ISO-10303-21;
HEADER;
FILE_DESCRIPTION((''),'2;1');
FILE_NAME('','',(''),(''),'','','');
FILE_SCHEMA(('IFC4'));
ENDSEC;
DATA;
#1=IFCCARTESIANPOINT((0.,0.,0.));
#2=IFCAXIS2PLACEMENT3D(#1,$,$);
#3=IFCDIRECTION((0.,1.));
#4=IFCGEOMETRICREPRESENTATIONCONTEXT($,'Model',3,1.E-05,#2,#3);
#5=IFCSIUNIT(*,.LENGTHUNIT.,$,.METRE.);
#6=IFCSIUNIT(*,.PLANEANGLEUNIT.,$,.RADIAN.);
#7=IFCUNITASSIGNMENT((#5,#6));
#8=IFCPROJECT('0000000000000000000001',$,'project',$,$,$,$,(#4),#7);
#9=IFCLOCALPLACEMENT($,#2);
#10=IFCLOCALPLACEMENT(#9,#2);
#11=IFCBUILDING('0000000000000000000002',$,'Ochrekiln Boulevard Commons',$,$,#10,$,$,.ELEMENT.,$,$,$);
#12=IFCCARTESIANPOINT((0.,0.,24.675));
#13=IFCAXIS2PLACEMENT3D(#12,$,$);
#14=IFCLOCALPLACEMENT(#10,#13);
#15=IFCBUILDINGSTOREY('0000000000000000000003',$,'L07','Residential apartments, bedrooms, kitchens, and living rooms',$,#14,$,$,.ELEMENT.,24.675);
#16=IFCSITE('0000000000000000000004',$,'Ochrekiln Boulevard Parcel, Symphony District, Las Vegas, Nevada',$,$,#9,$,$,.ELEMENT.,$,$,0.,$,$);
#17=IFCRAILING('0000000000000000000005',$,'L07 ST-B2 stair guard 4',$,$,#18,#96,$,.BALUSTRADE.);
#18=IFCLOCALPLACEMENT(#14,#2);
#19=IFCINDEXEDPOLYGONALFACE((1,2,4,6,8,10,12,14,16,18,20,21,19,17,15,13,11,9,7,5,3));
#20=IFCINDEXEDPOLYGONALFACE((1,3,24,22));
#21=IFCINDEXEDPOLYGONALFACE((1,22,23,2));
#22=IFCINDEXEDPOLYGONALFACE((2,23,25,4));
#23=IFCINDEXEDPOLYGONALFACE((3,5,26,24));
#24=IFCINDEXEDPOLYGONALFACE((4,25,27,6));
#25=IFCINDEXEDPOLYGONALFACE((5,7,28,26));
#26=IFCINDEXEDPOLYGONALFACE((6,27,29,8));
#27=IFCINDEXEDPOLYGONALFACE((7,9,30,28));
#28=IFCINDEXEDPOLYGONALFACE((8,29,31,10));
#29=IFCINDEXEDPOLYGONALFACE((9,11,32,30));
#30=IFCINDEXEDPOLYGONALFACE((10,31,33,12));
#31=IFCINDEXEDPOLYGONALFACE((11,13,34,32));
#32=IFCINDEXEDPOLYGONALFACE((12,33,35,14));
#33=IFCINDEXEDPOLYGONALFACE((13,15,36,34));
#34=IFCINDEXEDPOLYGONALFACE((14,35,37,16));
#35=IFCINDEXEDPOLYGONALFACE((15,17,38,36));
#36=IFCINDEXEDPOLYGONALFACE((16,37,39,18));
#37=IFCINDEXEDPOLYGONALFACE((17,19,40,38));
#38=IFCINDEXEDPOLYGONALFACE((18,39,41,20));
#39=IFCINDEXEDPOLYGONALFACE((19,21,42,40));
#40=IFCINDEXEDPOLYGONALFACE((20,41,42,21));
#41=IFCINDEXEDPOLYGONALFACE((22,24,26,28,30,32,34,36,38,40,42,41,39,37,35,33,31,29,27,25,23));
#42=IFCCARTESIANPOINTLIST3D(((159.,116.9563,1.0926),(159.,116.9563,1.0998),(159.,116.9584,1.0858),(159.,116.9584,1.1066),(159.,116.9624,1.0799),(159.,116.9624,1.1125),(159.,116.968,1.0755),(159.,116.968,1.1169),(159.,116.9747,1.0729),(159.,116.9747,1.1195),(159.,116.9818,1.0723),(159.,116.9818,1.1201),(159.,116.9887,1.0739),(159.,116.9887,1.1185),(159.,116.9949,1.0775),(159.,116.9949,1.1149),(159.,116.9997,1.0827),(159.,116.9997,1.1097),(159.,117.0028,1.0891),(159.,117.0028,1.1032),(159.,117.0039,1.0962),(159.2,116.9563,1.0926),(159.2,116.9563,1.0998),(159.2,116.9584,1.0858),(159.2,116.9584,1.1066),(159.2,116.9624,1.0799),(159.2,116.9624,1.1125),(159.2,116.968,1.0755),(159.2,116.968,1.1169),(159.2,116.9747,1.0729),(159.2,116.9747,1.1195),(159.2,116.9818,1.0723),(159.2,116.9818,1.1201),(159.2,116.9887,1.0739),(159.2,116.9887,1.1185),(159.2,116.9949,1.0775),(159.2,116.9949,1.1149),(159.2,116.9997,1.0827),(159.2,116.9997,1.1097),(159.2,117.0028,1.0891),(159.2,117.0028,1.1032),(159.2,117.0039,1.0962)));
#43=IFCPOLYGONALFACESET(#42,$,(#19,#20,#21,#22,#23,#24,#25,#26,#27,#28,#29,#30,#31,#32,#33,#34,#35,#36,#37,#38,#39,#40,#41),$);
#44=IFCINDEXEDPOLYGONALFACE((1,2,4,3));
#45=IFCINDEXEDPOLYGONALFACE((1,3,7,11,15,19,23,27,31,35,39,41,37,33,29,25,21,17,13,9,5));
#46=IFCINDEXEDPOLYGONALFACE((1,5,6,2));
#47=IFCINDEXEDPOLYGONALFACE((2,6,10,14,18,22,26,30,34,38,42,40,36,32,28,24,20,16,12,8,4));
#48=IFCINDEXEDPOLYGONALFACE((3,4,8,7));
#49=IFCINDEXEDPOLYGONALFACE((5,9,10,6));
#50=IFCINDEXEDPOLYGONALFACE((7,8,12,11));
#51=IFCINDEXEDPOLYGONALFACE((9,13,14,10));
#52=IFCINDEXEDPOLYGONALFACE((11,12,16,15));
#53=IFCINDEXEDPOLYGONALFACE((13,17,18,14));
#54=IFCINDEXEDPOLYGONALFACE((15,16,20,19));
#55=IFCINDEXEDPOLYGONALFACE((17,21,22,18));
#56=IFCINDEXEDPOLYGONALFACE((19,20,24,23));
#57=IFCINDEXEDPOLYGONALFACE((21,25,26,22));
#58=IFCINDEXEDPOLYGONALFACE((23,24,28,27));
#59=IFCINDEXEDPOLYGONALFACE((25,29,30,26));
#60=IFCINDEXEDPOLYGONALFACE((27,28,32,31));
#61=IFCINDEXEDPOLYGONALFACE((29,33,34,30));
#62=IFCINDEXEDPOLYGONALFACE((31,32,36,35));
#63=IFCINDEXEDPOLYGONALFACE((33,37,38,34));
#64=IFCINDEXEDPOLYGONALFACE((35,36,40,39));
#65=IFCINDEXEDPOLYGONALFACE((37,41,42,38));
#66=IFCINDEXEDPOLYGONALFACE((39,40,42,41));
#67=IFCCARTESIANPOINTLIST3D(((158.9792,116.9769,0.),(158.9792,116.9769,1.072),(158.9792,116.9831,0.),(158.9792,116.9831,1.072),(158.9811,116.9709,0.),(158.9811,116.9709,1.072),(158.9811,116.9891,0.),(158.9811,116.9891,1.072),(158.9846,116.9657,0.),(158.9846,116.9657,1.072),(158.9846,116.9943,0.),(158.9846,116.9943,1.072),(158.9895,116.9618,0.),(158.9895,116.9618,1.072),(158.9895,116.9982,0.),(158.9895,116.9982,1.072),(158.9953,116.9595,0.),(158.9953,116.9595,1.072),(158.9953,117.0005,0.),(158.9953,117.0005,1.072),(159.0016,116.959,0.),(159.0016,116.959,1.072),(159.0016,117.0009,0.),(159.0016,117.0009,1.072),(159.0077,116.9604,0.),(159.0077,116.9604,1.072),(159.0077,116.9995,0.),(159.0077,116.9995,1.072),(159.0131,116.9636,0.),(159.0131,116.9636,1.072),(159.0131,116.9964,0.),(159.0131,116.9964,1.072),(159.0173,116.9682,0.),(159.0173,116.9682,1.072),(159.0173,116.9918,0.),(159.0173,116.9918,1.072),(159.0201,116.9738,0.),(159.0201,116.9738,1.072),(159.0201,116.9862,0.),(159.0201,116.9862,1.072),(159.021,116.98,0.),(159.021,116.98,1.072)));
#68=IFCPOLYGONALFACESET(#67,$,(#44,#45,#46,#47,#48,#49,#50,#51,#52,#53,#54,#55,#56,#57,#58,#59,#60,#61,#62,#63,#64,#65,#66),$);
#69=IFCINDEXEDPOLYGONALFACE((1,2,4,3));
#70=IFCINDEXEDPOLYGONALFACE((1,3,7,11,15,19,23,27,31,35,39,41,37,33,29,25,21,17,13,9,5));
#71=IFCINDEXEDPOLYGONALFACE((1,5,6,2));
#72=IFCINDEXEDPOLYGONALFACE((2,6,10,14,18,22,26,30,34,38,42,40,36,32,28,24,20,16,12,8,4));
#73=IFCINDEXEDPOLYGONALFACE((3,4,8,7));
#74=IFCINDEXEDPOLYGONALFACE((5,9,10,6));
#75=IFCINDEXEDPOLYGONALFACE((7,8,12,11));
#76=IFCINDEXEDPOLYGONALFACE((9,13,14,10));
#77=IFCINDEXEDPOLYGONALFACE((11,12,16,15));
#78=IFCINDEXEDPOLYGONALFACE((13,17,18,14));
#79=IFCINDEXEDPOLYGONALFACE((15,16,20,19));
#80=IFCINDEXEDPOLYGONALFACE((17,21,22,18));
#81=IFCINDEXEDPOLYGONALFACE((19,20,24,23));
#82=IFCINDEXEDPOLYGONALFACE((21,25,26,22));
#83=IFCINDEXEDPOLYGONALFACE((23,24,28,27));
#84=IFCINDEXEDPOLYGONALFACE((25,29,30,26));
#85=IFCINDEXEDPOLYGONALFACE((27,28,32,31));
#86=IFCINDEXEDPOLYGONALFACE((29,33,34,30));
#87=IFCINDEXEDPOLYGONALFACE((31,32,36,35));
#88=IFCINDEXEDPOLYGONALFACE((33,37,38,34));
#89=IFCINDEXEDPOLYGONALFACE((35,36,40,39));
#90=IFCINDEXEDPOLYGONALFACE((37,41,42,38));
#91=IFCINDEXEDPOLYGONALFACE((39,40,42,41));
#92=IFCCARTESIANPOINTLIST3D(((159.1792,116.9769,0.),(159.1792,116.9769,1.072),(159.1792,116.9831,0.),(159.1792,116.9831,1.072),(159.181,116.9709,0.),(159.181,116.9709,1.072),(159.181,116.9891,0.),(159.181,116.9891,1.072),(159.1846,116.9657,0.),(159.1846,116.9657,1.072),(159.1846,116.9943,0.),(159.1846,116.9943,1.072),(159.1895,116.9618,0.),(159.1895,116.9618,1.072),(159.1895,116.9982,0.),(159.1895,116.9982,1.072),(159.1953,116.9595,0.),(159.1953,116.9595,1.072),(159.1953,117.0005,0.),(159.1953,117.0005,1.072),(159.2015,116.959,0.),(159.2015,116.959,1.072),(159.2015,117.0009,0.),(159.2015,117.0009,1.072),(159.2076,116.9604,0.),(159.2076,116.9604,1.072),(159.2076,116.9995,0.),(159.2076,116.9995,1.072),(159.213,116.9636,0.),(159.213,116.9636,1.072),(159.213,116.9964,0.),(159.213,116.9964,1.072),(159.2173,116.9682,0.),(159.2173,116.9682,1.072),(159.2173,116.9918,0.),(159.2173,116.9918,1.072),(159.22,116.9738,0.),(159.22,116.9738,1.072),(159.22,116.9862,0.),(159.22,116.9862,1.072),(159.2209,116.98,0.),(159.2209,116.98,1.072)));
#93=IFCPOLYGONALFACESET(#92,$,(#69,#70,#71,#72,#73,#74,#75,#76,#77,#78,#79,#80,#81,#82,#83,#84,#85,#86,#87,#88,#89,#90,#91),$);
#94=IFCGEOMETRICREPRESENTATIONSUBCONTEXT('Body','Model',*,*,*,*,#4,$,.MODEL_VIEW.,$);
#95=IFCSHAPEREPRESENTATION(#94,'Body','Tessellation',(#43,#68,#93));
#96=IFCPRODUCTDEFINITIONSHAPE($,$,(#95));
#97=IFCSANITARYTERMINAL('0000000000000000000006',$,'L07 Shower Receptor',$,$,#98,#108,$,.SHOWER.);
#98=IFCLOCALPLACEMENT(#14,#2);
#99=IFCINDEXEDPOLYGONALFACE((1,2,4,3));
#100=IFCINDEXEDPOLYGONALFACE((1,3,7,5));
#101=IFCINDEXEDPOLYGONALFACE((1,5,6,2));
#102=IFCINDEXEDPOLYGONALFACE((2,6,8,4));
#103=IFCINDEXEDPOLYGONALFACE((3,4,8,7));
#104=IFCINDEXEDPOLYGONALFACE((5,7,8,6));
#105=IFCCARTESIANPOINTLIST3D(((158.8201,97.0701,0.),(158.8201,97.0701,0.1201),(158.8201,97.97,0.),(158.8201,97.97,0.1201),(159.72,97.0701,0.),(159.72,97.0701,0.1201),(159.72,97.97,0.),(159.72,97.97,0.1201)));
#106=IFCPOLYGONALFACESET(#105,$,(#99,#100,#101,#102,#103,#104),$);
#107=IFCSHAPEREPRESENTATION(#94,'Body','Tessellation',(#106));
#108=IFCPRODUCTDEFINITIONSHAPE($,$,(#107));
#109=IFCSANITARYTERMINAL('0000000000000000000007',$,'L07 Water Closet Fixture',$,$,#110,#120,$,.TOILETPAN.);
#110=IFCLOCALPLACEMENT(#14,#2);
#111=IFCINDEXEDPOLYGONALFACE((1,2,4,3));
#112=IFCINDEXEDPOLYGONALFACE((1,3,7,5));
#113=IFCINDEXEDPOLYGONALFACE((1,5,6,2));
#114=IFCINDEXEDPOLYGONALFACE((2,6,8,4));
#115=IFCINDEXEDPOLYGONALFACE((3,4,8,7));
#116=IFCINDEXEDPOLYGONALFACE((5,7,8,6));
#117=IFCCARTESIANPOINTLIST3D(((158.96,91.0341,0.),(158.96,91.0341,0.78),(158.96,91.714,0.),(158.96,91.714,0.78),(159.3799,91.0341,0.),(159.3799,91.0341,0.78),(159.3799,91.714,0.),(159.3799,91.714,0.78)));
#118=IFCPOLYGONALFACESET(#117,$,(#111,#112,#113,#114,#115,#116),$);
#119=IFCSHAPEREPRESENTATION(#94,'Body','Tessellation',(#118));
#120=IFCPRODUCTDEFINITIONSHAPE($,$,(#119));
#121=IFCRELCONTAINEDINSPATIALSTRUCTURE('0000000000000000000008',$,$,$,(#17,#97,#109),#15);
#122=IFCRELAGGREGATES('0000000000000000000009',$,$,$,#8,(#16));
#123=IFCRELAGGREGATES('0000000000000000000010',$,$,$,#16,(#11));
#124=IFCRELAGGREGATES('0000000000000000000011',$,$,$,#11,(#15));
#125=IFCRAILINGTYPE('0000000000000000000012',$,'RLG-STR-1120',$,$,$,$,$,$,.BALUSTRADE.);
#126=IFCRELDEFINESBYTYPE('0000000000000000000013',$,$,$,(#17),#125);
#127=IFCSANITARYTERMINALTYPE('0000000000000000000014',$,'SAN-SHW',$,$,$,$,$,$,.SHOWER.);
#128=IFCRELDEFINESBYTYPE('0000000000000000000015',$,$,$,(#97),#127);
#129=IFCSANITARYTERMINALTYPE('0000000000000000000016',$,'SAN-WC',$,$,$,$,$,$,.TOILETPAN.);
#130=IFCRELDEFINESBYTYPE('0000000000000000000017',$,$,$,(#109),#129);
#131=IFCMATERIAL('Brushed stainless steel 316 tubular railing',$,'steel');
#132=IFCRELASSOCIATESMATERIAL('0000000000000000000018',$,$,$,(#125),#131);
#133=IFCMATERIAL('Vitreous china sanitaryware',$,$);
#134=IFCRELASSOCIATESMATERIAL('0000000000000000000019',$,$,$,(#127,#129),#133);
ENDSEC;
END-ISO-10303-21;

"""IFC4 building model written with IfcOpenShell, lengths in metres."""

from ifc_helpers import new_model, si_unit, direction, frame, origin, origin_2d, place, context, subcontext, project, spatial, rectangle, circle, extrude, material, type_object, element, save


model = new_model("IFC4")

# Units and contexts
model_context = context("Model", 3, precision=1e-05, world=origin(), true_north=direction((0.0, 1.0)))
body_context = subcontext(model_context, "Body", "Model", "MODEL_VIEW")
ifc_project = project(units=[si_unit("LENGTHUNIT", "METRE"), si_unit("PLANEANGLEUNIT", "RADIAN")], contexts=[model_context])

# Site, building, storey
site_placement = place(None, origin())
site = spatial("IfcSite", under=ifc_project, at=site_placement, Name="Ochrekiln Boulevard Parcel, Symphony District, Las Vegas, Nevada", CompositionType="ELEMENT", RefElevation=0.0)
building_placement = place(site_placement, origin())
building = spatial("IfcBuilding", under=site, at=building_placement, Name="Ochrekiln Boulevard Commons", CompositionType="ELEMENT")
storey_placement = place(building_placement, frame((0.0, 0.0, 24.675)))
storey = spatial("IfcBuildingStorey", under=building, at=storey_placement, Name="L07", Description="Residential apartments, bedrooms, kitchens, and living rooms", CompositionType="ELEMENT", Elevation=24.675)

# Railing
ifc_material_1 = material(Name="Brushed stainless steel 316 tubular railing", Category="steel")
railing_type_1 = type_object("IfcRailingType", Name="RLG-STR-1120", PredefinedType="BALUSTRADE", material=ifc_material_1)
railing_1_placement = place(storey_placement, frame((159.0, 116.98, 0.0)))
element("IfcRailing", 1, at=railing_1_placement, inside=storey, type_object=railing_type_1, Name="L07 ST-B2 stair guard 4", PredefinedType="BALUSTRADE", context=body_context, shape_type="SweptSolid", body=[
    extrude(circle(Radius=0.0239, at=origin_2d()), frame((0.0, 0.0, 1.0962), z_axis=(1.0, 0.0, 0.0), x_axis=(0.0, 1.0, 0.0)), (0.0, 0.0, 1.0), 0.2),
    extrude(circle(Radius=0.021, at=origin_2d()), origin(), (0.0, 0.0, 1.0), 1.072),
    extrude(circle(Radius=0.021, at=origin_2d()), frame((0.2, 0.0, 0.0)), (0.0, 0.0, 1.0), 1.072),
])

# Sanitary terminals
ifc_material_2 = material(Name="Vitreous china sanitaryware")
sanitary_terminal_type_1 = type_object("IfcSanitaryTerminalType", Name="SAN-SHW", PredefinedType="SHOWER", material=ifc_material_2)
sanitary_terminal_1_placement = place(storey_placement, frame((159.27, 97.52, 0.0), z_axis=(0.0, 0.0, 1.0), x_axis=(1.0, 0.0, 0.0)))
element("IfcSanitaryTerminal", 2, at=sanitary_terminal_1_placement, inside=storey, type_object=sanitary_terminal_type_1, Name="L07 Shower Receptor", PredefinedType="SHOWER", context=body_context, shape_type="SweptSolid", body=[
    extrude(rectangle(XDim=0.8999, YDim=0.8999, at=origin_2d()), origin(), (0.0, 0.0, 1.0), 0.1201),
])
sanitary_terminal_type_2 = type_object("IfcSanitaryTerminalType", Name="SAN-WC", PredefinedType="TOILETPAN", material=ifc_material_2)
sanitary_terminal_2_placement = place(storey_placement, frame((159.1699, 91.374, 0.0), z_axis=(0.0, 0.0, 1.0), x_axis=(1.0, 0.0, 0.0)))
element("IfcSanitaryTerminal", 3, at=sanitary_terminal_2_placement, inside=storey, type_object=sanitary_terminal_type_2, Name="L07 Water Closet Fixture", PredefinedType="TOILETPAN", context=body_context, shape_type="SweptSolid", body=[
    extrude(rectangle(XDim=0.4199, YDim=0.6799, at=origin_2d()), origin(), (0.0, 0.0, 1.0), 0.78),
])

save(model, "model.ifc")
